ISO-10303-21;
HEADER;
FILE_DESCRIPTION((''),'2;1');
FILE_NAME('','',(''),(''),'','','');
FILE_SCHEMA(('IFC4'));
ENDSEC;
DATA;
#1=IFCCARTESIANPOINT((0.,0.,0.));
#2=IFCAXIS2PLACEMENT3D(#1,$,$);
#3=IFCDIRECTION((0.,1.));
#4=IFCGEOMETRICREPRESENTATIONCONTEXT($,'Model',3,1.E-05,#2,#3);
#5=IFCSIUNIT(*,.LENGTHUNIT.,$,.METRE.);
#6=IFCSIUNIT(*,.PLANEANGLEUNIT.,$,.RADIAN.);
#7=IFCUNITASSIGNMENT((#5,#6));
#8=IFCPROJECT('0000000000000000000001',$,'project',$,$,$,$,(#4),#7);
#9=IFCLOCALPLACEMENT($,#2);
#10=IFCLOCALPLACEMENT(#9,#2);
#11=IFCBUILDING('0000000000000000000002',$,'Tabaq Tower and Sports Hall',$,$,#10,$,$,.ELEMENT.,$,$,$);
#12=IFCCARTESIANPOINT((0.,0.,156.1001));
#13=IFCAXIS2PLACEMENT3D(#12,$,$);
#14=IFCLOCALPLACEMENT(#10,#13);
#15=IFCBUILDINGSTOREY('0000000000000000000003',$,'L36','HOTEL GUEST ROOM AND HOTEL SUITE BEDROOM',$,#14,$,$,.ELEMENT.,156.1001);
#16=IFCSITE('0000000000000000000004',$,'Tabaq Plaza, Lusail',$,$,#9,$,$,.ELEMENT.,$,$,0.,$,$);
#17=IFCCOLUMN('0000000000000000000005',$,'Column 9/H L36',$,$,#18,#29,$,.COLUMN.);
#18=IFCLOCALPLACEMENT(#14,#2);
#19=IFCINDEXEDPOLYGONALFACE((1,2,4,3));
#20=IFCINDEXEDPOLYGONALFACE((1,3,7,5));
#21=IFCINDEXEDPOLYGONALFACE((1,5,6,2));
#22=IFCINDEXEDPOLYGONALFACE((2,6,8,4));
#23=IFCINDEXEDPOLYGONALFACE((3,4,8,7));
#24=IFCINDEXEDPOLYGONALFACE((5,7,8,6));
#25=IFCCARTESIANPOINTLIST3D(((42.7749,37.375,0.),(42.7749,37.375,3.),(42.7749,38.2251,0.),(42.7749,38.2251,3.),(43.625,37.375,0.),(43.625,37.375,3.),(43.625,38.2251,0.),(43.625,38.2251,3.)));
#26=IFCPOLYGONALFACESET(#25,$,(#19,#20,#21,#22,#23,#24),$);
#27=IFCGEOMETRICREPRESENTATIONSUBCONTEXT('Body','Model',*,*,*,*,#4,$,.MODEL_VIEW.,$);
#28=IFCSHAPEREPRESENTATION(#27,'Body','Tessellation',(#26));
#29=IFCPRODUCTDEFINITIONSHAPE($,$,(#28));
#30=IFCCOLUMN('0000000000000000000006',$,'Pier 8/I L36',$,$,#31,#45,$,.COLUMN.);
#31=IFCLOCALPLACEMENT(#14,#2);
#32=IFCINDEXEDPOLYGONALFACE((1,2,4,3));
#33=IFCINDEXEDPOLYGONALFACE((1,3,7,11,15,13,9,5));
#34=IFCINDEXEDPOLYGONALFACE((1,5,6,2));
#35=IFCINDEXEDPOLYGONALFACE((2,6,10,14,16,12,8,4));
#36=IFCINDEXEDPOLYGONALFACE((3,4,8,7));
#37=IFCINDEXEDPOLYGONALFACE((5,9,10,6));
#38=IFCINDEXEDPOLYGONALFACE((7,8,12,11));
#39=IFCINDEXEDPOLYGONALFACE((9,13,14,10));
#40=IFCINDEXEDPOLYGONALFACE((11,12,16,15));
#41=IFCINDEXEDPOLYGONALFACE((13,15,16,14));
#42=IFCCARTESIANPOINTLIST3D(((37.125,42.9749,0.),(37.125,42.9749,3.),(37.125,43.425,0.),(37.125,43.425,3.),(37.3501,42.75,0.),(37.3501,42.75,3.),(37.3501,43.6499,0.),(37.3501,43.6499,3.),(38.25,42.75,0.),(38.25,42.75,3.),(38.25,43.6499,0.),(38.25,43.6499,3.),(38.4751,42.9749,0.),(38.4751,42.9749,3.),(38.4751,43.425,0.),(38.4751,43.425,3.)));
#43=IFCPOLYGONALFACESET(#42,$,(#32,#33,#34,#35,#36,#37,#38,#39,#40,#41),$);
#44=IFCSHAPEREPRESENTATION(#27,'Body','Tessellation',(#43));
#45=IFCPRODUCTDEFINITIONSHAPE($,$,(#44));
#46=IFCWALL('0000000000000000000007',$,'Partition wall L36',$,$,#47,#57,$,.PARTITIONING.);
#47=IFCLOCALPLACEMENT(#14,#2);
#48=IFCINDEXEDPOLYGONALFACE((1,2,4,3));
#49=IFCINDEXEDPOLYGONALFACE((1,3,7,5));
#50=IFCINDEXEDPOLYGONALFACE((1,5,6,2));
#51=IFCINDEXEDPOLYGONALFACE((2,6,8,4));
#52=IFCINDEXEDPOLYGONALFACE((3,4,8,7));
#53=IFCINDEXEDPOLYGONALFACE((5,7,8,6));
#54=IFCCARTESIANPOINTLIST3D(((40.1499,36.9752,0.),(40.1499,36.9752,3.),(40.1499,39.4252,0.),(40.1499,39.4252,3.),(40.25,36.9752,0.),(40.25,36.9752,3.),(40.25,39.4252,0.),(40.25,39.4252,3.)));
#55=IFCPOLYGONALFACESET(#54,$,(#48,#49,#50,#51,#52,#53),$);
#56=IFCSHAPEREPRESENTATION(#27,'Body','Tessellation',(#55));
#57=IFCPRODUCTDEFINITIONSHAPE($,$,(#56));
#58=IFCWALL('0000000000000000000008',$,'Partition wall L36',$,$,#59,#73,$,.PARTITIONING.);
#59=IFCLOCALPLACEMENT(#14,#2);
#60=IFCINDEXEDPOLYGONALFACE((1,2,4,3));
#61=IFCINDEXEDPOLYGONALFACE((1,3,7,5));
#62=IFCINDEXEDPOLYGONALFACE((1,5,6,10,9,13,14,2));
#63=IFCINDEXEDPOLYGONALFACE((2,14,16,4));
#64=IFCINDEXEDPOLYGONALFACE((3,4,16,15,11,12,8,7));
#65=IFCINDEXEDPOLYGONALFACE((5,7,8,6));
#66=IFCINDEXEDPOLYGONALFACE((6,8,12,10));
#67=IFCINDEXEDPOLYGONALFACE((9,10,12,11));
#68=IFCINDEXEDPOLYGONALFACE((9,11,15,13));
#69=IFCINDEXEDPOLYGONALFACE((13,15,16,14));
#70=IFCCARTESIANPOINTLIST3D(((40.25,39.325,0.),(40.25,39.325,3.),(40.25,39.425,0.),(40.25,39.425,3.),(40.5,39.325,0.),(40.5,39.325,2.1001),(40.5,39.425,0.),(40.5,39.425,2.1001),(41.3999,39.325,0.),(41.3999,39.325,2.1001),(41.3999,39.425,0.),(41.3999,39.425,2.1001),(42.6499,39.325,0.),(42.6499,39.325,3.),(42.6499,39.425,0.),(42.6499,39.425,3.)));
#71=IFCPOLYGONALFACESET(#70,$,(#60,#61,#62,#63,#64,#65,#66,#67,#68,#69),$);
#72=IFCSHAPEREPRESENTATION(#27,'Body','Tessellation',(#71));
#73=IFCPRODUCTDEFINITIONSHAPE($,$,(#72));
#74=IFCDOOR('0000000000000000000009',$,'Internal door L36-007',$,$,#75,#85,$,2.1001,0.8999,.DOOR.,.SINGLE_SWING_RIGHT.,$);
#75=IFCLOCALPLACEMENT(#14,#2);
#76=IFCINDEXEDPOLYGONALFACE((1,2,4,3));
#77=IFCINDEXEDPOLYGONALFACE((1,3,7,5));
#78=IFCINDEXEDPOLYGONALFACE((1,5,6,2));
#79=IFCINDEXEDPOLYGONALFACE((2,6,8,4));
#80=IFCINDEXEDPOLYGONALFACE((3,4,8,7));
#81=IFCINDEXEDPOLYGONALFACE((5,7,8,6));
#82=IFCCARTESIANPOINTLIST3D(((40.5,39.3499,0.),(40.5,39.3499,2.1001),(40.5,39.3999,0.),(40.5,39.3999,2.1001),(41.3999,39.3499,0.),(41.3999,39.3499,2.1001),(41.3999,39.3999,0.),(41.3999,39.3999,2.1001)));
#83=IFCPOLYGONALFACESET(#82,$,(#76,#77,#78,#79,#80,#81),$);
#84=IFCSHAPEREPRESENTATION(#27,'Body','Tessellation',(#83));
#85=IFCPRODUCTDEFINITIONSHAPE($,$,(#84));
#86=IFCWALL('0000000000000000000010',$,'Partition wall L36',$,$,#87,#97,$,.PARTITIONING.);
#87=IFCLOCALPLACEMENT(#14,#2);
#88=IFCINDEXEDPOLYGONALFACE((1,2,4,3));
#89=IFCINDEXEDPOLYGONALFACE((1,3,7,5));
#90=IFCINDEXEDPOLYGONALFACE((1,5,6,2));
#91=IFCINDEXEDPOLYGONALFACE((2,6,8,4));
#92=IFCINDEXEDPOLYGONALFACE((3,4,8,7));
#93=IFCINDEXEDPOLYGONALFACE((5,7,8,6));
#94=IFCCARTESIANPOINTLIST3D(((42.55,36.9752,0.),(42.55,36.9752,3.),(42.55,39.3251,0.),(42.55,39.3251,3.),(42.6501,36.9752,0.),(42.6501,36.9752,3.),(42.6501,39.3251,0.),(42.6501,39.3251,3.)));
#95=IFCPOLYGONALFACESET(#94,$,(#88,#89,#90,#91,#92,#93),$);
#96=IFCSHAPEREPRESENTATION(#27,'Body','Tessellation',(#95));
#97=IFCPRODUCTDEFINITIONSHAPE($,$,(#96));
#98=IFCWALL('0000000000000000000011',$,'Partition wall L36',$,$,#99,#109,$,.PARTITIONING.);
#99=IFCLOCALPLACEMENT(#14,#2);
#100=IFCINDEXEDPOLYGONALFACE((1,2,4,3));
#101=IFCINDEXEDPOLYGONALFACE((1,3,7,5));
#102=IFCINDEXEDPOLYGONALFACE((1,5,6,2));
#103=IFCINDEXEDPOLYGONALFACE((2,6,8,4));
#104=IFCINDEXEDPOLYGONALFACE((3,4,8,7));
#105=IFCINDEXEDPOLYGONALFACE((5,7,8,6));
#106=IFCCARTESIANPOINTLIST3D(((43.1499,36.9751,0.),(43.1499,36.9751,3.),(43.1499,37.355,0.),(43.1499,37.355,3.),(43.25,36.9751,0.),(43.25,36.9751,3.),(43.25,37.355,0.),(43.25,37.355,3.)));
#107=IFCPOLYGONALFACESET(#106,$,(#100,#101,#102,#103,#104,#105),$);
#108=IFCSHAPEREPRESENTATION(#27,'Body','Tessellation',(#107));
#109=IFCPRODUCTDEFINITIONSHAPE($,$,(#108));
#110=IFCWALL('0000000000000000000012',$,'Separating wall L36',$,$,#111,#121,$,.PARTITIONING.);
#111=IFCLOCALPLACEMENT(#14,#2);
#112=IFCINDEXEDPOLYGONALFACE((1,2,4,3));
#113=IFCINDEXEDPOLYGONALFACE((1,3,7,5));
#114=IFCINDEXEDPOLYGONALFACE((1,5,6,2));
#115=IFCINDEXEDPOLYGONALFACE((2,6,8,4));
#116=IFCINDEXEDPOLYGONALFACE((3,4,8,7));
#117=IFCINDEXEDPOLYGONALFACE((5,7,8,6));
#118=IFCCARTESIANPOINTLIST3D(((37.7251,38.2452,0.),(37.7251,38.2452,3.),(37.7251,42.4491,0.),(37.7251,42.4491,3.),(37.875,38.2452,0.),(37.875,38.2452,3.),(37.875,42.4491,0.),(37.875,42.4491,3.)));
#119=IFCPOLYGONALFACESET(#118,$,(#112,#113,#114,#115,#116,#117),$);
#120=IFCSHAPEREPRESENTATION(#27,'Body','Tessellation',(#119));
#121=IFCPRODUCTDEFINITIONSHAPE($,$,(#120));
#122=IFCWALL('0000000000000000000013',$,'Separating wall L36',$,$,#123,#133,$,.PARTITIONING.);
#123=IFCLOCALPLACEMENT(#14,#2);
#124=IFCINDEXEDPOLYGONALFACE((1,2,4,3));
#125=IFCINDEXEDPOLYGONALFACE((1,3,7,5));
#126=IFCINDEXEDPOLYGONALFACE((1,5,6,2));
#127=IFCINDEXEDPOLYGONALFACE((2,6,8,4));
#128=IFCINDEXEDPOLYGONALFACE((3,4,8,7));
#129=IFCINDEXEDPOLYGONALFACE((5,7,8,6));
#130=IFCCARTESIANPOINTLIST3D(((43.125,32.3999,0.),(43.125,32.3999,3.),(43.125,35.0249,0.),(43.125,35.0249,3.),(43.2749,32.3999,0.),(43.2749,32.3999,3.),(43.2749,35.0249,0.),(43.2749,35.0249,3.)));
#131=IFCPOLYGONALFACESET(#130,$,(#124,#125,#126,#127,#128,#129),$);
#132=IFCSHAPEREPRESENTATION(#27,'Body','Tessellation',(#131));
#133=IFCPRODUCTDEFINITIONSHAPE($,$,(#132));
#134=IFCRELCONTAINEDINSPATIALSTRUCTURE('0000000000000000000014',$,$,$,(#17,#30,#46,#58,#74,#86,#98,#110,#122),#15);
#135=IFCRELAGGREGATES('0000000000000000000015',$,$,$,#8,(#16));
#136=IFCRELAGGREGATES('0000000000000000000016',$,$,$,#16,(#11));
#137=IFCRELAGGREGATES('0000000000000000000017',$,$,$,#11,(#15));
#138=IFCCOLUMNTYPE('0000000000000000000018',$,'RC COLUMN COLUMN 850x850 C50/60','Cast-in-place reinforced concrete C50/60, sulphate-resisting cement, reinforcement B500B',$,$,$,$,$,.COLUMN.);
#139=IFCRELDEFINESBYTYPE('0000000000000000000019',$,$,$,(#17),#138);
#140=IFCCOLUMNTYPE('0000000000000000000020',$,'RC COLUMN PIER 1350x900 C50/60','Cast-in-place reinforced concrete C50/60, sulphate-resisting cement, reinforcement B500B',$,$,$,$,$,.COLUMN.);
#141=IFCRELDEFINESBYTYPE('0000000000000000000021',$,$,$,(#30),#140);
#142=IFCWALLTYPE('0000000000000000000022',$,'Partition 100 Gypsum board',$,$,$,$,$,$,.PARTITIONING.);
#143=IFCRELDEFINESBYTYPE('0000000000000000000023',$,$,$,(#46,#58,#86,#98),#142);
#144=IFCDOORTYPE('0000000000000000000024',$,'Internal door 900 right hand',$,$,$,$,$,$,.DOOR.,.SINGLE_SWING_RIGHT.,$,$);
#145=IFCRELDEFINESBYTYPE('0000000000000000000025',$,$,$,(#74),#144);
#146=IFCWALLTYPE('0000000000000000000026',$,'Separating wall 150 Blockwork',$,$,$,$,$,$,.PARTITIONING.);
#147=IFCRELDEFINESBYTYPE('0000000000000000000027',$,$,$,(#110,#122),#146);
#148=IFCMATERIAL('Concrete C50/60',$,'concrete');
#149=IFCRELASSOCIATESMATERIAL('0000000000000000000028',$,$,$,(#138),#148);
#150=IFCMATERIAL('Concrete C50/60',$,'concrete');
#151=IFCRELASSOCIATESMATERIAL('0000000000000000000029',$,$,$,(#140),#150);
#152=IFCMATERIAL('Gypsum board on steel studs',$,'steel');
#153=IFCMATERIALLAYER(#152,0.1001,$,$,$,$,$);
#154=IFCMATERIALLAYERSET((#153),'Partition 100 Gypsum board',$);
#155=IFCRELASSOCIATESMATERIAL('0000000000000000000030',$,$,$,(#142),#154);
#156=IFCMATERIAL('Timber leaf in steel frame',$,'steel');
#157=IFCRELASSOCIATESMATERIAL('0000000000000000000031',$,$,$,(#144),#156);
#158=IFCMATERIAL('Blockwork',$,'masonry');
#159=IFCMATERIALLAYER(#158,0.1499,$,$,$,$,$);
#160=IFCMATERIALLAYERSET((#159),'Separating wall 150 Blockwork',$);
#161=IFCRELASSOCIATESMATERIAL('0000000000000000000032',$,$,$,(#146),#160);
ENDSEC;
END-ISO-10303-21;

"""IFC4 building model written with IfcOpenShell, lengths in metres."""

from ifc_helpers import new_model, si_unit, direction, frame, frame_2d, origin, origin_2d, place, context, subcontext, project, spatial, polyline, rectangle, outline, extrude, material, layer, layer_set, material_profile, profile_set, type_object, element, fill, save


model = new_model("IFC4")

# Units and contexts
model_context = context("Model", 3, precision=1e-05, world=origin(), true_north=direction((0.0, 1.0)))
body_context = subcontext(model_context, "Body", "Model", "MODEL_VIEW")
ifc_project = project(units=[si_unit("LENGTHUNIT", "METRE"), si_unit("PLANEANGLEUNIT", "RADIAN")], contexts=[model_context])

# Site, building, storey
site_placement = place(None, origin())
site = spatial("IfcSite", under=ifc_project, at=site_placement, Name="Tabaq Plaza, Lusail", CompositionType="ELEMENT", RefElevation=0.0)
building_placement = place(site_placement, origin())
building = spatial("IfcBuilding", under=site, at=building_placement, Name="Tabaq Tower and Sports Hall", CompositionType="ELEMENT")
storey_placement = place(building_placement, frame((0.0, 0.0, 156.1001)))
storey = spatial("IfcBuildingStorey", under=building, at=storey_placement, Name="L36", Description="HOTEL GUEST ROOM AND HOTEL SUITE BEDROOM", CompositionType="ELEMENT", Elevation=156.1001)

# Columns
ifc_material_1 = material(Name="Concrete C50/60", Category="concrete")
ifc_material_profile_1 = material_profile(ifc_material_1, rectangle(XDim=0.8501, YDim=0.8501, at=origin_2d()), Name="COLUMN 850x850")
ifc_profile_set_1 = profile_set([ifc_material_profile_1], Name="Concrete C50/60")
column_type_1 = type_object("IfcColumnType", Name="RC COLUMN COLUMN 850x850 C50/60", Description="Cast-in-place reinforced concrete C50/60, sulphate-resisting cement, reinforcement B500B", PredefinedType="COLUMN", material=ifc_profile_set_1)
column_1_placement = place(storey_placement, frame((43.2, 37.8, 0.0), z_axis=(0.0, 0.0, 1.0), x_axis=(1.0, 0.0, 0.0)))
element("IfcColumn", 1, at=column_1_placement, inside=storey, type_object=column_type_1, Name="Column 9/H L36", PredefinedType="COLUMN", context=body_context, shape_type="SweptSolid", body=[
    extrude(rectangle(XDim=0.8501, YDim=0.8501, at=origin_2d()), origin(), (0.0, 0.0, 1.0), 3.0),
])
ifc_material_2 = material(Name="Concrete C50/60", Category="concrete")
ifc_material_profile_2 = material_profile(ifc_material_2, outline(polyline([(-0.45, -0.45), (0.45, -0.45), (0.675, -0.2251), (0.675, 0.2251), (0.45, 0.45), (-0.45, 0.45), (-0.675, 0.2251), (-0.675, -0.2251), (-0.45, -0.45)])), Name="PIER 1350x900")
ifc_profile_set_2 = profile_set([ifc_material_profile_2], Name="Concrete C50/60")
column_type_2 = type_object("IfcColumnType", Name="RC COLUMN PIER 1350x900 C50/60", Description="Cast-in-place reinforced concrete C50/60, sulphate-resisting cement, reinforcement B500B", PredefinedType="COLUMN", material=ifc_profile_set_2)
column_2_placement = place(storey_placement, frame((37.8, 43.2, 0.0), z_axis=(0.0, 0.0, 1.0), x_axis=(1.0, 0.0, 0.0)))
element("IfcColumn", 2, at=column_2_placement, inside=storey, type_object=column_type_2, Name="Pier 8/I L36", PredefinedType="COLUMN", context=body_context, shape_type="SweptSolid", body=[
    extrude(outline(polyline([(-0.45, -0.45), (0.45, -0.45), (0.675, -0.2251), (0.675, 0.2251), (0.45, 0.45), (-0.45, 0.45), (-0.675, 0.2251), (-0.675, -0.2251), (-0.45, -0.45)])), origin(), (0.0, 0.0, 1.0), 3.0),
])

# Wall
ifc_material_3 = material(Name="Gypsum board on steel studs", Category="steel")
ifc_layer_1 = layer(ifc_material_3, 0.1001)
ifc_layer_set_1 = layer_set([ifc_layer_1], Name="Partition 100 Gypsum board")
wall_type_1 = type_object("IfcWallType", Name="Partition 100 Gypsum board", PredefinedType="PARTITIONING", material=ifc_layer_set_1)
wall_1_placement = place(storey_placement, frame((40.2, 36.9751, 0.0), z_axis=(0.0, 0.0, 1.0), x_axis=(0.0, 1.0, 0.0)))
element("IfcWall", 3, at=wall_1_placement, inside=storey, type_object=wall_type_1, Name="Partition wall L36", PredefinedType="PARTITIONING", context=body_context, shape_type="SweptSolid", body=[
    extrude(rectangle(XDim=2.45, YDim=0.1001, at=frame_2d((1.2251, 0.0))), origin(), (0.0, 0.0, 1.0), 3.0),
])

# Wall, opening, door
wall_2_placement = place(storey_placement, frame((40.25, 39.375, 0.0), z_axis=(0.0, 0.0, 1.0), x_axis=(1.0, 0.0, 0.0)))
wall_2 = element("IfcWall", 4, at=wall_2_placement, inside=storey, type_object=wall_type_1, Name="Partition wall L36", PredefinedType="PARTITIONING", context=body_context, shape_type="SweptSolid", body=[
    extrude(rectangle(XDim=2.3999, YDim=0.1001, at=frame_2d((1.2, 0.0))), origin(), (0.0, 0.0, 1.0), 3.0),
])
opening_1_placement = place(wall_2_placement, frame((0.25, 0.0, 0.0)))
opening_1 = element("IfcOpeningElement", 5, at=opening_1_placement, cuts=wall_2, PredefinedType="OPENING", context=body_context, shape_type="SweptSolid", body=[
    extrude(rectangle(XDim=0.8999, YDim=2.1001, at=frame_2d((0.45, 1.05))), frame((0.0, 0.05, 0.0), z_axis=(0.0, -1.0, 0.0), x_axis=(1.0, 0.0, 0.0)), (0.0, 0.0, 1.0), 0.1001),
])
ifc_material_4 = material(Name="Timber leaf in steel frame", Category="steel")
door_type = type_object("IfcDoorType", Name="Internal door 900 right hand", OperationType="SINGLE_SWING_RIGHT", PredefinedType="DOOR", material=ifc_material_4)
door_placement = place(opening_1_placement, origin())
door = element("IfcDoor", 6, at=door_placement, inside=storey, type_object=door_type, Name="Internal door L36-007", OperationType="SINGLE_SWING_RIGHT", OverallHeight=2.1001, OverallWidth=0.8999, PredefinedType="DOOR", context=body_context, shape_type="SweptSolid", body=[
    extrude(rectangle(XDim=0.8999, YDim=2.1001, at=frame_2d((0.45, 1.05))), frame((0.0, 0.0249, 0.0), z_axis=(0.0, -1.0, 0.0), x_axis=(1.0, 0.0, 0.0)), (0.0, 0.0, 1.0), 0.05),
])
fill(opening_1, door)

# Walls
wall_3_placement = place(storey_placement, frame((42.6001, 39.325, 0.0), z_axis=(0.0, 0.0, 1.0), x_axis=(0.0, -1.0, 0.0)))
element("IfcWall", 7, at=wall_3_placement, inside=storey, type_object=wall_type_1, Name="Partition wall L36", PredefinedType="PARTITIONING", context=body_context, shape_type="SweptSolid", body=[
    extrude(rectangle(XDim=2.3499, YDim=0.1001, at=frame_2d((1.1748, 0.0))), origin(), (0.0, 0.0, 1.0), 3.0),
])
wall_4_placement = place(storey_placement, frame((43.2, 36.9751, 0.0), z_axis=(0.0, 0.0, 1.0), x_axis=(0.0, 1.0, 0.0)))
element("IfcWall", 8, at=wall_4_placement, inside=storey, type_object=wall_type_1, Name="Partition wall L36", PredefinedType="PARTITIONING", context=body_context, shape_type="SweptSolid", body=[
    extrude(rectangle(XDim=0.3799, YDim=0.1001, at=frame_2d((0.1899, 0.0))), origin(), (0.0, 0.0, 1.0), 3.0),
])
ifc_material_5 = material(Name="Blockwork", Category="masonry")
ifc_layer_2 = layer(ifc_material_5, 0.1499)
ifc_layer_set_2 = layer_set([ifc_layer_2], Name="Separating wall 150 Blockwork")
wall_type_2 = type_object("IfcWallType", Name="Separating wall 150 Blockwork", PredefinedType="PARTITIONING", material=ifc_layer_set_2)
wall_5_placement = place(storey_placement, frame((37.8, 38.2451, 0.0), z_axis=(0.0, 0.0, 1.0), x_axis=(0.0, 1.0, 0.0)))
element("IfcWall", 9, at=wall_5_placement, inside=storey, type_object=wall_type_2, Name="Separating wall L36", PredefinedType="PARTITIONING", context=body_context, shape_type="SweptSolid", body=[
    extrude(rectangle(XDim=4.2039, YDim=0.1499, at=frame_2d((2.1021, 0.0))), origin(), (0.0, 0.0, 1.0), 3.0),
])
wall_6_placement = place(storey_placement, frame((43.2, 35.0249, 0.0), z_axis=(0.0, 0.0, 1.0), x_axis=(0.0, -1.0, 0.0)))
element("IfcWall", 10, at=wall_6_placement, inside=storey, type_object=wall_type_2, Name="Separating wall L36", PredefinedType="PARTITIONING", context=body_context, shape_type="SweptSolid", body=[
    extrude(rectangle(XDim=2.625, YDim=0.1499, at=frame_2d((1.3125, 0.0))), origin(), (0.0, 0.0, 1.0), 3.0),
])

save(model, "model.ifc")
